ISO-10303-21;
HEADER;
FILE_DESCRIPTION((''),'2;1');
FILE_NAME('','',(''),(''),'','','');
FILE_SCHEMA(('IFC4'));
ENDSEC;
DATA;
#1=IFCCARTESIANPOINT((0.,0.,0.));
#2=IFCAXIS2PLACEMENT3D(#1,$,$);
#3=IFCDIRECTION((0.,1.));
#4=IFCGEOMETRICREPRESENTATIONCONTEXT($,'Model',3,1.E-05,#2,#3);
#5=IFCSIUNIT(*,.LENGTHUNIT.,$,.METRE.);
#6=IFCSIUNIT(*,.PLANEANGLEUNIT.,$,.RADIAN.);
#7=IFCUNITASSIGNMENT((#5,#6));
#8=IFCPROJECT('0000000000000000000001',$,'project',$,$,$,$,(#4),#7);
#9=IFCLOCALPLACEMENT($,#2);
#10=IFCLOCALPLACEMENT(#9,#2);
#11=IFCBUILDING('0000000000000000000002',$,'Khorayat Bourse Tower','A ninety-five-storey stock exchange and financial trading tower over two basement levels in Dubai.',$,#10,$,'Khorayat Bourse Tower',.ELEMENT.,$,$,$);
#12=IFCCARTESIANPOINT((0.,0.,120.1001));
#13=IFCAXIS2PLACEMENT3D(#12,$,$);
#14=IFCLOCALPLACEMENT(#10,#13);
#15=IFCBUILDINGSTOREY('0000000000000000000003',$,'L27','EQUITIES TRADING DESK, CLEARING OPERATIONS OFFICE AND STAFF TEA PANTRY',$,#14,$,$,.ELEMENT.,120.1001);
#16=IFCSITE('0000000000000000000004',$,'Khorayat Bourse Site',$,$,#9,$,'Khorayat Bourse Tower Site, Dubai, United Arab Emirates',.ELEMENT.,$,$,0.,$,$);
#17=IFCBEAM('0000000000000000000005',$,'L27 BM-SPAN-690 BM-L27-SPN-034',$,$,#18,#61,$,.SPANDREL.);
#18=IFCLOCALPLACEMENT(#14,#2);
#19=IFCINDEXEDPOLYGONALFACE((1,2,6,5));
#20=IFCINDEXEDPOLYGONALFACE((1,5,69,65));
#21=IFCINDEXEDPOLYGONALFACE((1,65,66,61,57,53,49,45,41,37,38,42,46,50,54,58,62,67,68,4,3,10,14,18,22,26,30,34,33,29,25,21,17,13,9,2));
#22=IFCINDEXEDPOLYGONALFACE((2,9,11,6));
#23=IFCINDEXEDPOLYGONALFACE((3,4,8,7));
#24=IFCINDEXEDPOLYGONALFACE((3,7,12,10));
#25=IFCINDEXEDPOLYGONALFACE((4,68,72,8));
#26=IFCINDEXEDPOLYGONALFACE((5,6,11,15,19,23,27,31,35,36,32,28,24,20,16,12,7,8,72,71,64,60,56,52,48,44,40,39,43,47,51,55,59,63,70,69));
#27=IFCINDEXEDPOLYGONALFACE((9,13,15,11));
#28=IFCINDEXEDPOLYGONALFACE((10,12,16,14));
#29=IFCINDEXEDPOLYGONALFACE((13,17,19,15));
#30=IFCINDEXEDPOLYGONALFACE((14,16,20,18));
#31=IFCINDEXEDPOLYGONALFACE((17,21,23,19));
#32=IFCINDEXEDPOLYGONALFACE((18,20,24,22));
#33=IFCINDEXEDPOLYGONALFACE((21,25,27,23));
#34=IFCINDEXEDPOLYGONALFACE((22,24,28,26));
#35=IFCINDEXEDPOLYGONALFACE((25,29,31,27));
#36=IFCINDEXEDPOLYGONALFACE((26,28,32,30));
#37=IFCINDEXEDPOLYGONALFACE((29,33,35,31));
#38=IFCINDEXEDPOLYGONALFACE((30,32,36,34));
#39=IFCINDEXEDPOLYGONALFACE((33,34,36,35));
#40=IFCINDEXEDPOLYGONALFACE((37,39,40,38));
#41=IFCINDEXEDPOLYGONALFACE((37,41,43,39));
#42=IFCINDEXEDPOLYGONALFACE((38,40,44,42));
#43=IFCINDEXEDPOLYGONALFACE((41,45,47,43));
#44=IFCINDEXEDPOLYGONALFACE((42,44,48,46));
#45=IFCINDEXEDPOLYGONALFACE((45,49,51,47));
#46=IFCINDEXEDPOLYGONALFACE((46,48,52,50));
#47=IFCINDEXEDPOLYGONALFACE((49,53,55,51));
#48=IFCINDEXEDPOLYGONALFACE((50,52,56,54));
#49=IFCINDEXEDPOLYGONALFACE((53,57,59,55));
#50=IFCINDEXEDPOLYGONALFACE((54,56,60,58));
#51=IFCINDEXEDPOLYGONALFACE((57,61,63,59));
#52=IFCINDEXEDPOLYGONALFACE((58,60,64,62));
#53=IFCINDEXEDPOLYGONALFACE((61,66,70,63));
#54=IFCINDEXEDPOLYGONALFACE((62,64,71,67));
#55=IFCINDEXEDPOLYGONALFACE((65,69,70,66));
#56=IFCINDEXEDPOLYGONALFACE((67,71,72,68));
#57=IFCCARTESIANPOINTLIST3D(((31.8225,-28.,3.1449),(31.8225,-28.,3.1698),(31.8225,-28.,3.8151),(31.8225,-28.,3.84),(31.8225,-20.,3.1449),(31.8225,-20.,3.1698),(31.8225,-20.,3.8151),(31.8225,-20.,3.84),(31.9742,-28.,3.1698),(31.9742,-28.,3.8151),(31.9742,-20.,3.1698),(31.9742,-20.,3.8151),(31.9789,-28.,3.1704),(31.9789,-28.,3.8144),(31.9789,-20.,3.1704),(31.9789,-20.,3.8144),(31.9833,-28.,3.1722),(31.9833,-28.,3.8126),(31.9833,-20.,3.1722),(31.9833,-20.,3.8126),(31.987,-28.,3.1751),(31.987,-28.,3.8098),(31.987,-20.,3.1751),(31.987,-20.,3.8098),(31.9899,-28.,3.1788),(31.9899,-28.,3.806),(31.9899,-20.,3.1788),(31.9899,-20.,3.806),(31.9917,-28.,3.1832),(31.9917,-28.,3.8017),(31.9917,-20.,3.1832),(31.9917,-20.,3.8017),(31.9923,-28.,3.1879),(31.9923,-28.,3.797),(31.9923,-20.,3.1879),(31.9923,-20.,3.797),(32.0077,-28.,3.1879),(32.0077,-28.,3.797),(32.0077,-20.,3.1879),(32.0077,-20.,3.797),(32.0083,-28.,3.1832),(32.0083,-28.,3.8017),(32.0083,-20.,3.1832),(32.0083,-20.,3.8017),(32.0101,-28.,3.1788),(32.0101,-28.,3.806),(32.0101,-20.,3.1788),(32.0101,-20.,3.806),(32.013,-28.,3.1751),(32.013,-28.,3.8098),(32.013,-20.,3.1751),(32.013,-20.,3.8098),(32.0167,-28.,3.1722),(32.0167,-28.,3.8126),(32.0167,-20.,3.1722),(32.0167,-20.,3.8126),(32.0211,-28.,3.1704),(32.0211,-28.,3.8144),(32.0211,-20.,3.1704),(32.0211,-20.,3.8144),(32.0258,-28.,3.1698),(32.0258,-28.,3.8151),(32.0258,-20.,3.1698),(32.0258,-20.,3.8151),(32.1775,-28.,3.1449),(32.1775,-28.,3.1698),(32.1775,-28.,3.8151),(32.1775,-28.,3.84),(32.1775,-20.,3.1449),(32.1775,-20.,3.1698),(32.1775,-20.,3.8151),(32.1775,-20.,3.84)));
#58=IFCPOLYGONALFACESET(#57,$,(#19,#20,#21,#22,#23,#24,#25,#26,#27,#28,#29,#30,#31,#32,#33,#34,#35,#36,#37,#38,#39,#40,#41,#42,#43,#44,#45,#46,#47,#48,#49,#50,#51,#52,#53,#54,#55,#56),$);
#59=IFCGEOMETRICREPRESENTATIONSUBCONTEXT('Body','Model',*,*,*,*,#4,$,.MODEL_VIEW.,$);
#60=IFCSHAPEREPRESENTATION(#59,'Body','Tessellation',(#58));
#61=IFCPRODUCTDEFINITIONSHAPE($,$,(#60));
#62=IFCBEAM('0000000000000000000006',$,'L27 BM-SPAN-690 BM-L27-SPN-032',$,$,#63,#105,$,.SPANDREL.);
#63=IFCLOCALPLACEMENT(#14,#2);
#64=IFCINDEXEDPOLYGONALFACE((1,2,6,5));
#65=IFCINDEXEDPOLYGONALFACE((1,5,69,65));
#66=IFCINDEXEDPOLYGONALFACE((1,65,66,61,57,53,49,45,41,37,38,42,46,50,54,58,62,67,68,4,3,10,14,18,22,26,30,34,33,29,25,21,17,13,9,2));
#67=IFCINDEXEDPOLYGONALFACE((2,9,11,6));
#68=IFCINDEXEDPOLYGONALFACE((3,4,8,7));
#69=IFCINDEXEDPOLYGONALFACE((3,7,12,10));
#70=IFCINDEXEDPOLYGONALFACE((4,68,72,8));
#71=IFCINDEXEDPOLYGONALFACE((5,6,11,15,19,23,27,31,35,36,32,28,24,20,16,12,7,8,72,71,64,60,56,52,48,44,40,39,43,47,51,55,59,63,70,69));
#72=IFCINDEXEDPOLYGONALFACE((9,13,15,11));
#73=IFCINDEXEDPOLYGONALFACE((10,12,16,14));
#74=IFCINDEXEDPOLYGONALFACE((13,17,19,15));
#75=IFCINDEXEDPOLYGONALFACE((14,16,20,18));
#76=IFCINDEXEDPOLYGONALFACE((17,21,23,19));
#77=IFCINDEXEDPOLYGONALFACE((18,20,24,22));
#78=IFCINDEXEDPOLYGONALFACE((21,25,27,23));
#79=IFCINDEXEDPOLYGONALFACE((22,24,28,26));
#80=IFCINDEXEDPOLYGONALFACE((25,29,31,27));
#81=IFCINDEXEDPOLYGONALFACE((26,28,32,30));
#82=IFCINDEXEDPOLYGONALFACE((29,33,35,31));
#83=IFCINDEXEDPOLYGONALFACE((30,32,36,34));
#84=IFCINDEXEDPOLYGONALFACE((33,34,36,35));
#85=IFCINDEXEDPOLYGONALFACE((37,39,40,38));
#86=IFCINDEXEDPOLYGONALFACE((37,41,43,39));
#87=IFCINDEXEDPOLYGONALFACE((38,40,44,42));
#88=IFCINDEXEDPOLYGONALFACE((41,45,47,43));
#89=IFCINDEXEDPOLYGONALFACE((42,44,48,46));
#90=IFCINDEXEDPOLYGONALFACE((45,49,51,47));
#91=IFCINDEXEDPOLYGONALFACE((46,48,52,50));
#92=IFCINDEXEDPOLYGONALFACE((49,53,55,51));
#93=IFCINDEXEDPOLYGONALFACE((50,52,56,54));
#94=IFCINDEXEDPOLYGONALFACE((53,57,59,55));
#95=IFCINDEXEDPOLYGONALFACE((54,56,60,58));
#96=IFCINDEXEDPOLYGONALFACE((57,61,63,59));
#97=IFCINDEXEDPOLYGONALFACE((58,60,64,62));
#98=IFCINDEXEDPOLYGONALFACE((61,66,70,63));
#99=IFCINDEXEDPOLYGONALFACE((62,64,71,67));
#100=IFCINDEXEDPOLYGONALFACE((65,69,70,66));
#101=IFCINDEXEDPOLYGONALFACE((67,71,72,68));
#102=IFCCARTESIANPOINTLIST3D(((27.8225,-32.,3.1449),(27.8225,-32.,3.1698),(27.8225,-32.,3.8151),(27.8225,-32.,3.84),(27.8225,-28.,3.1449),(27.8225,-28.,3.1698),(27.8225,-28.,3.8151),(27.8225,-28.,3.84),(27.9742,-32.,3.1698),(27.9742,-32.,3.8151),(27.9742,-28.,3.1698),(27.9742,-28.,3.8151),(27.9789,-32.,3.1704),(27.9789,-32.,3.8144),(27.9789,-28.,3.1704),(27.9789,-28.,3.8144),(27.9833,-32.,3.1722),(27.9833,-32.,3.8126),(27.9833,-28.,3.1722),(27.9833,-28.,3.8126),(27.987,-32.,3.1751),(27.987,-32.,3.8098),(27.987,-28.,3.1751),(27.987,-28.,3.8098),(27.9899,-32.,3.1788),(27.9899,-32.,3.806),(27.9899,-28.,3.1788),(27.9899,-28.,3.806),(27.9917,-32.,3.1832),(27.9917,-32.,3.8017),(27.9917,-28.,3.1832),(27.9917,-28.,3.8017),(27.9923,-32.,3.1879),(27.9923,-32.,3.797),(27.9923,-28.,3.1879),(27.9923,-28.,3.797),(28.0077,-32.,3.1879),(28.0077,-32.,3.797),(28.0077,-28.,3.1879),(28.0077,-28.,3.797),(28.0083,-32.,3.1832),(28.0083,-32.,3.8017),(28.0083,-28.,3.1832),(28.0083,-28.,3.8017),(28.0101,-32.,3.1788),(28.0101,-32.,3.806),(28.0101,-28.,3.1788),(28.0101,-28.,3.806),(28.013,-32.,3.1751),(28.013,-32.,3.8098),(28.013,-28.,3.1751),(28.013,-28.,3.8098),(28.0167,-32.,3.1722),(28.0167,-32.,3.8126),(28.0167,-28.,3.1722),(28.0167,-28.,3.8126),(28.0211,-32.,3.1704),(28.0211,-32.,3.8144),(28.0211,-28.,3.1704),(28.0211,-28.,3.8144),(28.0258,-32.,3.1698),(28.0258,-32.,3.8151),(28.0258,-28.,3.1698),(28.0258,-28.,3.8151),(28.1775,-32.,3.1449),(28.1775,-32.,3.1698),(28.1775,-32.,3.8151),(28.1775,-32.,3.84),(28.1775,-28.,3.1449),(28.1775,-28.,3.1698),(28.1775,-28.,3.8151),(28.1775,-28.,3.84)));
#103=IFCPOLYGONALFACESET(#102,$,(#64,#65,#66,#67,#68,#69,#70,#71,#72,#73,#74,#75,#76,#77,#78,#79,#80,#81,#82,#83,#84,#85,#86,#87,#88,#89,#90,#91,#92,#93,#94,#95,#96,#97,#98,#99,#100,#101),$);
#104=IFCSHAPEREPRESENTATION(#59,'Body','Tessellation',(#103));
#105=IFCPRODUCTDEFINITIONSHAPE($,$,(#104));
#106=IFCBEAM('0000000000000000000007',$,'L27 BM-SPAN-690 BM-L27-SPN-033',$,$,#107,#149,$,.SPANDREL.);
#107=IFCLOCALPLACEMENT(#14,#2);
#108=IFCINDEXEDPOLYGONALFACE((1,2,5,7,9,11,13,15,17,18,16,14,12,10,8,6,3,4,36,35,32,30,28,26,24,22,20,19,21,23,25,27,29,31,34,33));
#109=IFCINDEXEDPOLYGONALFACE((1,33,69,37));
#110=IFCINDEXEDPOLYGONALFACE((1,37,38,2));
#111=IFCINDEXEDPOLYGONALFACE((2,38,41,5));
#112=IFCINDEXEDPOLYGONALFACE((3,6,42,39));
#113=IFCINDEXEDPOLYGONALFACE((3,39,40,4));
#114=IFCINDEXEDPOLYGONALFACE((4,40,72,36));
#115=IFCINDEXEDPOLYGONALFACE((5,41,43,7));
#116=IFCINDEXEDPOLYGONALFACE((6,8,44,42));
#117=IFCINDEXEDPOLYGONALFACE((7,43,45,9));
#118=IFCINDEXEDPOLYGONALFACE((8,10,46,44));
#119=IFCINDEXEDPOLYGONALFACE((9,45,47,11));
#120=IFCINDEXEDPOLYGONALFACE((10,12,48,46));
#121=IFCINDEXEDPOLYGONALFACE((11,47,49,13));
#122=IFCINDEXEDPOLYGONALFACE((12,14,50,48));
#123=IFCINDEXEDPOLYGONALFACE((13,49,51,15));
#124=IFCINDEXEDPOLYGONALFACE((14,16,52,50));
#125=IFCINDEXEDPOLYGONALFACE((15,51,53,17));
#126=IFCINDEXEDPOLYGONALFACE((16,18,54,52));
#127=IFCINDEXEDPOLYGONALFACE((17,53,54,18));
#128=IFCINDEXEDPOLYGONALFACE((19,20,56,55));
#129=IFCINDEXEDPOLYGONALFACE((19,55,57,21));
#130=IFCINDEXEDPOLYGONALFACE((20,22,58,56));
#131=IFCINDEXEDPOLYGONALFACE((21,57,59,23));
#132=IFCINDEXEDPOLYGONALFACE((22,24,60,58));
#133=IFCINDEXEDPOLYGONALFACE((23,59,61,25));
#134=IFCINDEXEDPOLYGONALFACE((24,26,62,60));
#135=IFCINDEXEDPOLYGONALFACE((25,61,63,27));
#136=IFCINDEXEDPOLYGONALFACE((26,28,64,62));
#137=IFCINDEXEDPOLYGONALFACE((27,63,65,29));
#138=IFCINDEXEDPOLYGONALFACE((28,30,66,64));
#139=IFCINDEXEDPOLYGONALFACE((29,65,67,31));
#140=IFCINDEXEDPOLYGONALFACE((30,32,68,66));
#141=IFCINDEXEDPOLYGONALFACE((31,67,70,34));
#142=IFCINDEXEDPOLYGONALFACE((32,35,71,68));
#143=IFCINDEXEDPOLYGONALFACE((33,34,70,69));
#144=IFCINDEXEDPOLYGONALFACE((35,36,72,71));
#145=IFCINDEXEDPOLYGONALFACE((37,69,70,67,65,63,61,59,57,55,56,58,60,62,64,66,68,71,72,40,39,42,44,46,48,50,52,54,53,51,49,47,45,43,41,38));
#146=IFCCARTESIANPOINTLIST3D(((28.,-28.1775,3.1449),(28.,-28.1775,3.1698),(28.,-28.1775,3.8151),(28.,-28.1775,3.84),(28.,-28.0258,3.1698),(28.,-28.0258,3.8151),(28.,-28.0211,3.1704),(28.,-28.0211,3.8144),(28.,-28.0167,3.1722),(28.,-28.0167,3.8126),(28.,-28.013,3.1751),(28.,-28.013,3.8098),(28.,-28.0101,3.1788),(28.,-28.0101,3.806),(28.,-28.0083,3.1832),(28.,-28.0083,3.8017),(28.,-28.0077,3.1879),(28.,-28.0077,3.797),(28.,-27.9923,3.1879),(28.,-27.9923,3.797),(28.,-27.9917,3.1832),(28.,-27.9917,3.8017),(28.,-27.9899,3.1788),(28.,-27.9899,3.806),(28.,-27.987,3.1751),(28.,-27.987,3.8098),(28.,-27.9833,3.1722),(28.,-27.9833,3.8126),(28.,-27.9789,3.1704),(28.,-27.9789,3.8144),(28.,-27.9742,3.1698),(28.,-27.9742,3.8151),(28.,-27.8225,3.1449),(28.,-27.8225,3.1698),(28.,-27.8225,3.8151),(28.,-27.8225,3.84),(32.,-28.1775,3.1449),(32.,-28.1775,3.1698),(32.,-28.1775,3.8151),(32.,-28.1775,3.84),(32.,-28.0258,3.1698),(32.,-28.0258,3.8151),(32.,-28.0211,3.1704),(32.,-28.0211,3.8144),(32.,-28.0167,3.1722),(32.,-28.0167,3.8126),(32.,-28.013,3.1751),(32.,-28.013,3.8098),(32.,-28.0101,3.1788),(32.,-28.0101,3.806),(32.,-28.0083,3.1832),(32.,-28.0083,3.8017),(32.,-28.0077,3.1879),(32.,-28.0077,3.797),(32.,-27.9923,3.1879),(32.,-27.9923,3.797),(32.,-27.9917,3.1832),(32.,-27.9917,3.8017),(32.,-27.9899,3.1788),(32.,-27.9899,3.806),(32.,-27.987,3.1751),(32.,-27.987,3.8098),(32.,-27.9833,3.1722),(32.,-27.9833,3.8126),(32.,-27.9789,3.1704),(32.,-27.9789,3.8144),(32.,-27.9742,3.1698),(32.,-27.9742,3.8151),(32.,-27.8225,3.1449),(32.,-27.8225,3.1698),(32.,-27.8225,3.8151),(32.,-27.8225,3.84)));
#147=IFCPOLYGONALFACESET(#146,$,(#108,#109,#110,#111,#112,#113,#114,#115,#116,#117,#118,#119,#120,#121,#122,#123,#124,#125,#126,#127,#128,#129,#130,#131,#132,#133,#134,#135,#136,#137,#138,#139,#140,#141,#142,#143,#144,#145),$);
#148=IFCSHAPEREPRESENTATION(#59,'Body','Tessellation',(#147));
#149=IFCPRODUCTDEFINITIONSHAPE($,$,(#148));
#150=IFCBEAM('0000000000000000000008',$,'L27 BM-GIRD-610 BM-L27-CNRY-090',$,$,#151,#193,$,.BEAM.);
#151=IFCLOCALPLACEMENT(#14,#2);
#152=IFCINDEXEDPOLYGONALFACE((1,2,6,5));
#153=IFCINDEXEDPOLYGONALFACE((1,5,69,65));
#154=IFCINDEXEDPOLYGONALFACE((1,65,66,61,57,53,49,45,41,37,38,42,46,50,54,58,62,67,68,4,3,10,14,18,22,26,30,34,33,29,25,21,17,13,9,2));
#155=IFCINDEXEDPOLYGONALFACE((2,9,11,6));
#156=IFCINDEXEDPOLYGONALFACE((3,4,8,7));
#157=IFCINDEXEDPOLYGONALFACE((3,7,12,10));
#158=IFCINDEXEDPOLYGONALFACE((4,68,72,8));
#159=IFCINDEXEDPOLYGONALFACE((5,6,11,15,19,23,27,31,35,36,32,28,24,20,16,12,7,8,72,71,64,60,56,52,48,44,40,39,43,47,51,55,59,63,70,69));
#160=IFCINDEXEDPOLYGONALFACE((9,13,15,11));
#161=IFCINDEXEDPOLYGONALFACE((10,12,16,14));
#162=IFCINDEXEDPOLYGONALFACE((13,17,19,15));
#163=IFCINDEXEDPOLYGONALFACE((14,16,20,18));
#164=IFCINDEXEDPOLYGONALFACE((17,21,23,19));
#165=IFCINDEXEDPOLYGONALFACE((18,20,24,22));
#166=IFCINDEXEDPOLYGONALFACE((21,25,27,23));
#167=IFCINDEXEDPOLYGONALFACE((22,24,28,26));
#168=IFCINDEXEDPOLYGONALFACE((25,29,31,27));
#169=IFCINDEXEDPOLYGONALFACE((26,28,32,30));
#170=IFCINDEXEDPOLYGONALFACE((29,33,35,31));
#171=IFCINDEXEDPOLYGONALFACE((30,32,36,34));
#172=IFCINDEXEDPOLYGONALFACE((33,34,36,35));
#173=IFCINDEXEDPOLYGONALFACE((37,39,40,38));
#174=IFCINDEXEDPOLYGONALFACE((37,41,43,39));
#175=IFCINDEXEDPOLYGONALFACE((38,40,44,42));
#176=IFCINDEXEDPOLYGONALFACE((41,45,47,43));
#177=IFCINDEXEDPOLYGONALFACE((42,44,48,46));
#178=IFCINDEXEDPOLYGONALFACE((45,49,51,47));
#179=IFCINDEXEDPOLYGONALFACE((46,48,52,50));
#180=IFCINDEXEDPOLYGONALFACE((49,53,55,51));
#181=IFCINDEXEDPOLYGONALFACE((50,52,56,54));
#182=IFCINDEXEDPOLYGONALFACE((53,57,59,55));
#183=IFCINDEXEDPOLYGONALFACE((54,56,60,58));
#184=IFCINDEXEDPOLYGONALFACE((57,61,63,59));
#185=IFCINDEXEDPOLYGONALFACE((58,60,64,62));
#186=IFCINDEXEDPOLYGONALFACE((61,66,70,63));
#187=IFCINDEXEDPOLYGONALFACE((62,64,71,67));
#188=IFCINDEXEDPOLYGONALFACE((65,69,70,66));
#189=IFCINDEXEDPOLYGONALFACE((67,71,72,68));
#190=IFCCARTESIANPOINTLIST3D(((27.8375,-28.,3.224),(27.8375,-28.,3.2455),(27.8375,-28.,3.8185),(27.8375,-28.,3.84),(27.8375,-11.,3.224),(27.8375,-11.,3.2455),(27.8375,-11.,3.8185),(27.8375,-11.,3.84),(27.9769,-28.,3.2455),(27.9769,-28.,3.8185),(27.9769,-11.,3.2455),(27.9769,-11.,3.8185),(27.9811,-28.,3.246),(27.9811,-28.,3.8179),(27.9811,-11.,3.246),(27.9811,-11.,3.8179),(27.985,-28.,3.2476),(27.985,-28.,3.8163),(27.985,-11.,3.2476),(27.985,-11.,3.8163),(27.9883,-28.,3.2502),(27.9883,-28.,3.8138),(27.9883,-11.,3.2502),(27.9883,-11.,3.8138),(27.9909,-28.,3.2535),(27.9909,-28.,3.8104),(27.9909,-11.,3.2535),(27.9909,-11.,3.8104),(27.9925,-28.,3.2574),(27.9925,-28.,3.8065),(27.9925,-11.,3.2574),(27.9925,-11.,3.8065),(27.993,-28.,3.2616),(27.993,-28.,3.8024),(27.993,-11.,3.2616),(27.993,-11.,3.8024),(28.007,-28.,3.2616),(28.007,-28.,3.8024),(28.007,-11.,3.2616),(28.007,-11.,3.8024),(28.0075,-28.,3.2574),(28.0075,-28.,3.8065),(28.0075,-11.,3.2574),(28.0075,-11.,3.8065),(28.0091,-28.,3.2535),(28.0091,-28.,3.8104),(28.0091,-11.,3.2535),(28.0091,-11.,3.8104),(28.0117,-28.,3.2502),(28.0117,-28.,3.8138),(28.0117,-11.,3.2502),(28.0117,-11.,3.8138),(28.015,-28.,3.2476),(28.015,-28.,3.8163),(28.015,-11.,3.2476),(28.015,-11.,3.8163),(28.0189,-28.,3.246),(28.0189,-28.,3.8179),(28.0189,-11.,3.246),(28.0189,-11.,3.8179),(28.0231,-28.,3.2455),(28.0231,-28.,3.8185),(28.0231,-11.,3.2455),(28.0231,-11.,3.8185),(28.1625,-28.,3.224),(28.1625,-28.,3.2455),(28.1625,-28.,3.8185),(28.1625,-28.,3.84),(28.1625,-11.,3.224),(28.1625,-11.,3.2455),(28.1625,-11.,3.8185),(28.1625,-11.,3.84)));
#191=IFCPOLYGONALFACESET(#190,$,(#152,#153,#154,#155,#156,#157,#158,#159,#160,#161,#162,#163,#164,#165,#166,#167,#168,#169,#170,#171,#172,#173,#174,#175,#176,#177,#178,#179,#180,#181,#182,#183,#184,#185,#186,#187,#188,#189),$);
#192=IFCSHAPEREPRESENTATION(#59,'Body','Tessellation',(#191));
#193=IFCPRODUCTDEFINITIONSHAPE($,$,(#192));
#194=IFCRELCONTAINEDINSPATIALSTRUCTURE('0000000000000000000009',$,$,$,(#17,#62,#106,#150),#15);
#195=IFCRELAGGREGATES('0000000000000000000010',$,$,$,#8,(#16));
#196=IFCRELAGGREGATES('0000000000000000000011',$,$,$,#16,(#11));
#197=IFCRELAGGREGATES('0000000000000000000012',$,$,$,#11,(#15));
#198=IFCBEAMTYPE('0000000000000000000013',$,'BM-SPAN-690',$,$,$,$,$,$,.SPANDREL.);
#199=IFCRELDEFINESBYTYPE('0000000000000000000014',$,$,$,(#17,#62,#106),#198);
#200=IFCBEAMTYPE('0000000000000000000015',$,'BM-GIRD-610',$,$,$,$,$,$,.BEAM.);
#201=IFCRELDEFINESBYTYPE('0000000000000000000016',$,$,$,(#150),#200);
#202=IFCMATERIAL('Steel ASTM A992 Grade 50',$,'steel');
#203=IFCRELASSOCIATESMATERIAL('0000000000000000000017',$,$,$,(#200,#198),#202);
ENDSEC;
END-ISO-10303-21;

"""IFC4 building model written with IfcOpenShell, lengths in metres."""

from ifc_helpers import new_model, si_unit, direction, frame, origin, origin_2d, place, context, subcontext, project, spatial, i_section, extrude, source, transform, mapped, material, material_profile, profile_set, type_object, element, save


model = new_model("IFC4")

# Units and contexts
model_context = context("Model", 3, precision=1e-05, world=origin(), true_north=direction((0.0, 1.0)))
body_context = subcontext(model_context, "Body", "Model", "MODEL_VIEW")
ifc_project = project(units=[si_unit("LENGTHUNIT", "METRE"), si_unit("PLANEANGLEUNIT", "RADIAN")], contexts=[model_context])

# Site, building, storey
site_placement = place(None, origin())
site = spatial("IfcSite", under=ifc_project, at=site_placement, Name="Khorayat Bourse Site", LongName="Khorayat Bourse Tower Site, Dubai, United Arab Emirates", CompositionType="ELEMENT", RefElevation=0.0)
building_placement = place(site_placement, origin())
building = spatial("IfcBuilding", under=site, at=building_placement, Name="Khorayat Bourse Tower", Description="A ninety-five-storey stock exchange and financial trading tower over two basement levels in Dubai.", LongName="Khorayat Bourse Tower", CompositionType="ELEMENT")
storey_placement = place(building_placement, frame((0.0, 0.0, 120.1001)))
storey = spatial("IfcBuildingStorey", under=building, at=storey_placement, Name="L27", Description="EQUITIES TRADING DESK, CLEARING OPERATIONS OFFICE AND STAFF TEA PANTRY", CompositionType="ELEMENT", Elevation=120.1001)

# Beams
ifc_material_1 = material(Name="Steel ASTM A992 Grade 50", Category="steel")
ifc_material_profile_1 = material_profile(ifc_material_1, i_section(OverallWidth=0.325, OverallDepth=0.616, WebThickness=0.0139, FlangeThickness=0.0215, FilletRadius=0.0161, at=origin_2d()), Name="W610X174")
ifc_profile_set_1 = profile_set([ifc_material_profile_1], Name="Steel ASTM A992 Grade 50")
beam_type_1 = type_object("IfcBeamType", Name="BM-GIRD-610", PredefinedType="BEAM", material=ifc_profile_set_1)
ifc_material_profile_2 = material_profile(ifc_material_1, i_section(OverallWidth=0.355, OverallDepth=0.6951, WebThickness=0.0154, FlangeThickness=0.0249, FilletRadius=0.0181, at=origin_2d()), Name="W690X217")
ifc_profile_set_2 = profile_set([ifc_material_profile_2], Name="Steel ASTM A992 Grade 50")
beam_type_2 = type_object("IfcBeamType", Name="BM-SPAN-690", PredefinedType="SPANDREL", material=ifc_profile_set_2)
shared_shape_1 = source(origin(), body_context, "Body", "SweptSolid", [
    extrude(i_section(OverallWidth=0.355, OverallDepth=0.6951, WebThickness=0.0154, FlangeThickness=0.0249, FilletRadius=0.0181, at=origin_2d()), origin(), (0.0, 0.0, 1.0), 8.0),
])
for number, where, z_axis, x_axis, name in (
    (1, (32.0, -28.0, 3.4924), (0.0, 1.0, 0.0), (-1.0, 0.0, 0.0), "L27 BM-SPAN-690 BM-L27-SPN-034"),
):
    element("IfcBeam", number, at=place(storey_placement, frame(where, z_axis=z_axis, x_axis=x_axis)), inside=storey, type_object=beam_type_2, Name=name, PredefinedType="SPANDREL", context=body_context, shape_type="MappedRepresentation", body=[
        mapped(shared_shape_1, transform((0.0, 0.0, 0.0), scale=1.0)),
    ])
shared_shape_2 = source(origin(), body_context, "Body", "SweptSolid", [
    extrude(i_section(OverallWidth=0.355, OverallDepth=0.6951, WebThickness=0.0154, FlangeThickness=0.0249, FilletRadius=0.0181, at=origin_2d()), origin(), (0.0, 0.0, 1.0), 4.0),
])
for number, where, z_axis, x_axis, name in (
    (2, (28.0, -32.0, 3.4924), (0.0, 1.0, 0.0), (-1.0, 0.0, 0.0), "L27 BM-SPAN-690 BM-L27-SPN-032"),
    (3, (28.0, -28.0, 3.4924), (1.0, 0.0, 0.0), (0.0, 1.0, 0.0), "L27 BM-SPAN-690 BM-L27-SPN-033"),
):
    element("IfcBeam", number, at=place(storey_placement, frame(where, z_axis=z_axis, x_axis=x_axis)), inside=storey, type_object=beam_type_2, Name=name, PredefinedType="SPANDREL", context=body_context, shape_type="MappedRepresentation", body=[
        mapped(shared_shape_2, transform((0.0, 0.0, 0.0), scale=1.0)),
    ])
shared_shape_3 = source(origin(), body_context, "Body", "SweptSolid", [
    extrude(i_section(OverallWidth=0.325, OverallDepth=0.616, WebThickness=0.0139, FlangeThickness=0.0215, FilletRadius=0.0161, at=origin_2d()), origin(), (0.0, 0.0, 1.0), 17.0),
])
beam_1_placement = place(storey_placement, frame((28.0, -28.0, 3.532), z_axis=(0.0, 1.0, 0.0), x_axis=(-1.0, 0.0, 0.0)))
element("IfcBeam", 4, at=beam_1_placement, inside=storey, type_object=beam_type_1, Name="L27 BM-GIRD-610 BM-L27-CNRY-090", PredefinedType="BEAM", context=body_context, shape_type="MappedRepresentation", body=[
    mapped(shared_shape_3, transform((0.0, 0.0, 0.0), scale=1.0)),
])

save(model, "model.ifc")
